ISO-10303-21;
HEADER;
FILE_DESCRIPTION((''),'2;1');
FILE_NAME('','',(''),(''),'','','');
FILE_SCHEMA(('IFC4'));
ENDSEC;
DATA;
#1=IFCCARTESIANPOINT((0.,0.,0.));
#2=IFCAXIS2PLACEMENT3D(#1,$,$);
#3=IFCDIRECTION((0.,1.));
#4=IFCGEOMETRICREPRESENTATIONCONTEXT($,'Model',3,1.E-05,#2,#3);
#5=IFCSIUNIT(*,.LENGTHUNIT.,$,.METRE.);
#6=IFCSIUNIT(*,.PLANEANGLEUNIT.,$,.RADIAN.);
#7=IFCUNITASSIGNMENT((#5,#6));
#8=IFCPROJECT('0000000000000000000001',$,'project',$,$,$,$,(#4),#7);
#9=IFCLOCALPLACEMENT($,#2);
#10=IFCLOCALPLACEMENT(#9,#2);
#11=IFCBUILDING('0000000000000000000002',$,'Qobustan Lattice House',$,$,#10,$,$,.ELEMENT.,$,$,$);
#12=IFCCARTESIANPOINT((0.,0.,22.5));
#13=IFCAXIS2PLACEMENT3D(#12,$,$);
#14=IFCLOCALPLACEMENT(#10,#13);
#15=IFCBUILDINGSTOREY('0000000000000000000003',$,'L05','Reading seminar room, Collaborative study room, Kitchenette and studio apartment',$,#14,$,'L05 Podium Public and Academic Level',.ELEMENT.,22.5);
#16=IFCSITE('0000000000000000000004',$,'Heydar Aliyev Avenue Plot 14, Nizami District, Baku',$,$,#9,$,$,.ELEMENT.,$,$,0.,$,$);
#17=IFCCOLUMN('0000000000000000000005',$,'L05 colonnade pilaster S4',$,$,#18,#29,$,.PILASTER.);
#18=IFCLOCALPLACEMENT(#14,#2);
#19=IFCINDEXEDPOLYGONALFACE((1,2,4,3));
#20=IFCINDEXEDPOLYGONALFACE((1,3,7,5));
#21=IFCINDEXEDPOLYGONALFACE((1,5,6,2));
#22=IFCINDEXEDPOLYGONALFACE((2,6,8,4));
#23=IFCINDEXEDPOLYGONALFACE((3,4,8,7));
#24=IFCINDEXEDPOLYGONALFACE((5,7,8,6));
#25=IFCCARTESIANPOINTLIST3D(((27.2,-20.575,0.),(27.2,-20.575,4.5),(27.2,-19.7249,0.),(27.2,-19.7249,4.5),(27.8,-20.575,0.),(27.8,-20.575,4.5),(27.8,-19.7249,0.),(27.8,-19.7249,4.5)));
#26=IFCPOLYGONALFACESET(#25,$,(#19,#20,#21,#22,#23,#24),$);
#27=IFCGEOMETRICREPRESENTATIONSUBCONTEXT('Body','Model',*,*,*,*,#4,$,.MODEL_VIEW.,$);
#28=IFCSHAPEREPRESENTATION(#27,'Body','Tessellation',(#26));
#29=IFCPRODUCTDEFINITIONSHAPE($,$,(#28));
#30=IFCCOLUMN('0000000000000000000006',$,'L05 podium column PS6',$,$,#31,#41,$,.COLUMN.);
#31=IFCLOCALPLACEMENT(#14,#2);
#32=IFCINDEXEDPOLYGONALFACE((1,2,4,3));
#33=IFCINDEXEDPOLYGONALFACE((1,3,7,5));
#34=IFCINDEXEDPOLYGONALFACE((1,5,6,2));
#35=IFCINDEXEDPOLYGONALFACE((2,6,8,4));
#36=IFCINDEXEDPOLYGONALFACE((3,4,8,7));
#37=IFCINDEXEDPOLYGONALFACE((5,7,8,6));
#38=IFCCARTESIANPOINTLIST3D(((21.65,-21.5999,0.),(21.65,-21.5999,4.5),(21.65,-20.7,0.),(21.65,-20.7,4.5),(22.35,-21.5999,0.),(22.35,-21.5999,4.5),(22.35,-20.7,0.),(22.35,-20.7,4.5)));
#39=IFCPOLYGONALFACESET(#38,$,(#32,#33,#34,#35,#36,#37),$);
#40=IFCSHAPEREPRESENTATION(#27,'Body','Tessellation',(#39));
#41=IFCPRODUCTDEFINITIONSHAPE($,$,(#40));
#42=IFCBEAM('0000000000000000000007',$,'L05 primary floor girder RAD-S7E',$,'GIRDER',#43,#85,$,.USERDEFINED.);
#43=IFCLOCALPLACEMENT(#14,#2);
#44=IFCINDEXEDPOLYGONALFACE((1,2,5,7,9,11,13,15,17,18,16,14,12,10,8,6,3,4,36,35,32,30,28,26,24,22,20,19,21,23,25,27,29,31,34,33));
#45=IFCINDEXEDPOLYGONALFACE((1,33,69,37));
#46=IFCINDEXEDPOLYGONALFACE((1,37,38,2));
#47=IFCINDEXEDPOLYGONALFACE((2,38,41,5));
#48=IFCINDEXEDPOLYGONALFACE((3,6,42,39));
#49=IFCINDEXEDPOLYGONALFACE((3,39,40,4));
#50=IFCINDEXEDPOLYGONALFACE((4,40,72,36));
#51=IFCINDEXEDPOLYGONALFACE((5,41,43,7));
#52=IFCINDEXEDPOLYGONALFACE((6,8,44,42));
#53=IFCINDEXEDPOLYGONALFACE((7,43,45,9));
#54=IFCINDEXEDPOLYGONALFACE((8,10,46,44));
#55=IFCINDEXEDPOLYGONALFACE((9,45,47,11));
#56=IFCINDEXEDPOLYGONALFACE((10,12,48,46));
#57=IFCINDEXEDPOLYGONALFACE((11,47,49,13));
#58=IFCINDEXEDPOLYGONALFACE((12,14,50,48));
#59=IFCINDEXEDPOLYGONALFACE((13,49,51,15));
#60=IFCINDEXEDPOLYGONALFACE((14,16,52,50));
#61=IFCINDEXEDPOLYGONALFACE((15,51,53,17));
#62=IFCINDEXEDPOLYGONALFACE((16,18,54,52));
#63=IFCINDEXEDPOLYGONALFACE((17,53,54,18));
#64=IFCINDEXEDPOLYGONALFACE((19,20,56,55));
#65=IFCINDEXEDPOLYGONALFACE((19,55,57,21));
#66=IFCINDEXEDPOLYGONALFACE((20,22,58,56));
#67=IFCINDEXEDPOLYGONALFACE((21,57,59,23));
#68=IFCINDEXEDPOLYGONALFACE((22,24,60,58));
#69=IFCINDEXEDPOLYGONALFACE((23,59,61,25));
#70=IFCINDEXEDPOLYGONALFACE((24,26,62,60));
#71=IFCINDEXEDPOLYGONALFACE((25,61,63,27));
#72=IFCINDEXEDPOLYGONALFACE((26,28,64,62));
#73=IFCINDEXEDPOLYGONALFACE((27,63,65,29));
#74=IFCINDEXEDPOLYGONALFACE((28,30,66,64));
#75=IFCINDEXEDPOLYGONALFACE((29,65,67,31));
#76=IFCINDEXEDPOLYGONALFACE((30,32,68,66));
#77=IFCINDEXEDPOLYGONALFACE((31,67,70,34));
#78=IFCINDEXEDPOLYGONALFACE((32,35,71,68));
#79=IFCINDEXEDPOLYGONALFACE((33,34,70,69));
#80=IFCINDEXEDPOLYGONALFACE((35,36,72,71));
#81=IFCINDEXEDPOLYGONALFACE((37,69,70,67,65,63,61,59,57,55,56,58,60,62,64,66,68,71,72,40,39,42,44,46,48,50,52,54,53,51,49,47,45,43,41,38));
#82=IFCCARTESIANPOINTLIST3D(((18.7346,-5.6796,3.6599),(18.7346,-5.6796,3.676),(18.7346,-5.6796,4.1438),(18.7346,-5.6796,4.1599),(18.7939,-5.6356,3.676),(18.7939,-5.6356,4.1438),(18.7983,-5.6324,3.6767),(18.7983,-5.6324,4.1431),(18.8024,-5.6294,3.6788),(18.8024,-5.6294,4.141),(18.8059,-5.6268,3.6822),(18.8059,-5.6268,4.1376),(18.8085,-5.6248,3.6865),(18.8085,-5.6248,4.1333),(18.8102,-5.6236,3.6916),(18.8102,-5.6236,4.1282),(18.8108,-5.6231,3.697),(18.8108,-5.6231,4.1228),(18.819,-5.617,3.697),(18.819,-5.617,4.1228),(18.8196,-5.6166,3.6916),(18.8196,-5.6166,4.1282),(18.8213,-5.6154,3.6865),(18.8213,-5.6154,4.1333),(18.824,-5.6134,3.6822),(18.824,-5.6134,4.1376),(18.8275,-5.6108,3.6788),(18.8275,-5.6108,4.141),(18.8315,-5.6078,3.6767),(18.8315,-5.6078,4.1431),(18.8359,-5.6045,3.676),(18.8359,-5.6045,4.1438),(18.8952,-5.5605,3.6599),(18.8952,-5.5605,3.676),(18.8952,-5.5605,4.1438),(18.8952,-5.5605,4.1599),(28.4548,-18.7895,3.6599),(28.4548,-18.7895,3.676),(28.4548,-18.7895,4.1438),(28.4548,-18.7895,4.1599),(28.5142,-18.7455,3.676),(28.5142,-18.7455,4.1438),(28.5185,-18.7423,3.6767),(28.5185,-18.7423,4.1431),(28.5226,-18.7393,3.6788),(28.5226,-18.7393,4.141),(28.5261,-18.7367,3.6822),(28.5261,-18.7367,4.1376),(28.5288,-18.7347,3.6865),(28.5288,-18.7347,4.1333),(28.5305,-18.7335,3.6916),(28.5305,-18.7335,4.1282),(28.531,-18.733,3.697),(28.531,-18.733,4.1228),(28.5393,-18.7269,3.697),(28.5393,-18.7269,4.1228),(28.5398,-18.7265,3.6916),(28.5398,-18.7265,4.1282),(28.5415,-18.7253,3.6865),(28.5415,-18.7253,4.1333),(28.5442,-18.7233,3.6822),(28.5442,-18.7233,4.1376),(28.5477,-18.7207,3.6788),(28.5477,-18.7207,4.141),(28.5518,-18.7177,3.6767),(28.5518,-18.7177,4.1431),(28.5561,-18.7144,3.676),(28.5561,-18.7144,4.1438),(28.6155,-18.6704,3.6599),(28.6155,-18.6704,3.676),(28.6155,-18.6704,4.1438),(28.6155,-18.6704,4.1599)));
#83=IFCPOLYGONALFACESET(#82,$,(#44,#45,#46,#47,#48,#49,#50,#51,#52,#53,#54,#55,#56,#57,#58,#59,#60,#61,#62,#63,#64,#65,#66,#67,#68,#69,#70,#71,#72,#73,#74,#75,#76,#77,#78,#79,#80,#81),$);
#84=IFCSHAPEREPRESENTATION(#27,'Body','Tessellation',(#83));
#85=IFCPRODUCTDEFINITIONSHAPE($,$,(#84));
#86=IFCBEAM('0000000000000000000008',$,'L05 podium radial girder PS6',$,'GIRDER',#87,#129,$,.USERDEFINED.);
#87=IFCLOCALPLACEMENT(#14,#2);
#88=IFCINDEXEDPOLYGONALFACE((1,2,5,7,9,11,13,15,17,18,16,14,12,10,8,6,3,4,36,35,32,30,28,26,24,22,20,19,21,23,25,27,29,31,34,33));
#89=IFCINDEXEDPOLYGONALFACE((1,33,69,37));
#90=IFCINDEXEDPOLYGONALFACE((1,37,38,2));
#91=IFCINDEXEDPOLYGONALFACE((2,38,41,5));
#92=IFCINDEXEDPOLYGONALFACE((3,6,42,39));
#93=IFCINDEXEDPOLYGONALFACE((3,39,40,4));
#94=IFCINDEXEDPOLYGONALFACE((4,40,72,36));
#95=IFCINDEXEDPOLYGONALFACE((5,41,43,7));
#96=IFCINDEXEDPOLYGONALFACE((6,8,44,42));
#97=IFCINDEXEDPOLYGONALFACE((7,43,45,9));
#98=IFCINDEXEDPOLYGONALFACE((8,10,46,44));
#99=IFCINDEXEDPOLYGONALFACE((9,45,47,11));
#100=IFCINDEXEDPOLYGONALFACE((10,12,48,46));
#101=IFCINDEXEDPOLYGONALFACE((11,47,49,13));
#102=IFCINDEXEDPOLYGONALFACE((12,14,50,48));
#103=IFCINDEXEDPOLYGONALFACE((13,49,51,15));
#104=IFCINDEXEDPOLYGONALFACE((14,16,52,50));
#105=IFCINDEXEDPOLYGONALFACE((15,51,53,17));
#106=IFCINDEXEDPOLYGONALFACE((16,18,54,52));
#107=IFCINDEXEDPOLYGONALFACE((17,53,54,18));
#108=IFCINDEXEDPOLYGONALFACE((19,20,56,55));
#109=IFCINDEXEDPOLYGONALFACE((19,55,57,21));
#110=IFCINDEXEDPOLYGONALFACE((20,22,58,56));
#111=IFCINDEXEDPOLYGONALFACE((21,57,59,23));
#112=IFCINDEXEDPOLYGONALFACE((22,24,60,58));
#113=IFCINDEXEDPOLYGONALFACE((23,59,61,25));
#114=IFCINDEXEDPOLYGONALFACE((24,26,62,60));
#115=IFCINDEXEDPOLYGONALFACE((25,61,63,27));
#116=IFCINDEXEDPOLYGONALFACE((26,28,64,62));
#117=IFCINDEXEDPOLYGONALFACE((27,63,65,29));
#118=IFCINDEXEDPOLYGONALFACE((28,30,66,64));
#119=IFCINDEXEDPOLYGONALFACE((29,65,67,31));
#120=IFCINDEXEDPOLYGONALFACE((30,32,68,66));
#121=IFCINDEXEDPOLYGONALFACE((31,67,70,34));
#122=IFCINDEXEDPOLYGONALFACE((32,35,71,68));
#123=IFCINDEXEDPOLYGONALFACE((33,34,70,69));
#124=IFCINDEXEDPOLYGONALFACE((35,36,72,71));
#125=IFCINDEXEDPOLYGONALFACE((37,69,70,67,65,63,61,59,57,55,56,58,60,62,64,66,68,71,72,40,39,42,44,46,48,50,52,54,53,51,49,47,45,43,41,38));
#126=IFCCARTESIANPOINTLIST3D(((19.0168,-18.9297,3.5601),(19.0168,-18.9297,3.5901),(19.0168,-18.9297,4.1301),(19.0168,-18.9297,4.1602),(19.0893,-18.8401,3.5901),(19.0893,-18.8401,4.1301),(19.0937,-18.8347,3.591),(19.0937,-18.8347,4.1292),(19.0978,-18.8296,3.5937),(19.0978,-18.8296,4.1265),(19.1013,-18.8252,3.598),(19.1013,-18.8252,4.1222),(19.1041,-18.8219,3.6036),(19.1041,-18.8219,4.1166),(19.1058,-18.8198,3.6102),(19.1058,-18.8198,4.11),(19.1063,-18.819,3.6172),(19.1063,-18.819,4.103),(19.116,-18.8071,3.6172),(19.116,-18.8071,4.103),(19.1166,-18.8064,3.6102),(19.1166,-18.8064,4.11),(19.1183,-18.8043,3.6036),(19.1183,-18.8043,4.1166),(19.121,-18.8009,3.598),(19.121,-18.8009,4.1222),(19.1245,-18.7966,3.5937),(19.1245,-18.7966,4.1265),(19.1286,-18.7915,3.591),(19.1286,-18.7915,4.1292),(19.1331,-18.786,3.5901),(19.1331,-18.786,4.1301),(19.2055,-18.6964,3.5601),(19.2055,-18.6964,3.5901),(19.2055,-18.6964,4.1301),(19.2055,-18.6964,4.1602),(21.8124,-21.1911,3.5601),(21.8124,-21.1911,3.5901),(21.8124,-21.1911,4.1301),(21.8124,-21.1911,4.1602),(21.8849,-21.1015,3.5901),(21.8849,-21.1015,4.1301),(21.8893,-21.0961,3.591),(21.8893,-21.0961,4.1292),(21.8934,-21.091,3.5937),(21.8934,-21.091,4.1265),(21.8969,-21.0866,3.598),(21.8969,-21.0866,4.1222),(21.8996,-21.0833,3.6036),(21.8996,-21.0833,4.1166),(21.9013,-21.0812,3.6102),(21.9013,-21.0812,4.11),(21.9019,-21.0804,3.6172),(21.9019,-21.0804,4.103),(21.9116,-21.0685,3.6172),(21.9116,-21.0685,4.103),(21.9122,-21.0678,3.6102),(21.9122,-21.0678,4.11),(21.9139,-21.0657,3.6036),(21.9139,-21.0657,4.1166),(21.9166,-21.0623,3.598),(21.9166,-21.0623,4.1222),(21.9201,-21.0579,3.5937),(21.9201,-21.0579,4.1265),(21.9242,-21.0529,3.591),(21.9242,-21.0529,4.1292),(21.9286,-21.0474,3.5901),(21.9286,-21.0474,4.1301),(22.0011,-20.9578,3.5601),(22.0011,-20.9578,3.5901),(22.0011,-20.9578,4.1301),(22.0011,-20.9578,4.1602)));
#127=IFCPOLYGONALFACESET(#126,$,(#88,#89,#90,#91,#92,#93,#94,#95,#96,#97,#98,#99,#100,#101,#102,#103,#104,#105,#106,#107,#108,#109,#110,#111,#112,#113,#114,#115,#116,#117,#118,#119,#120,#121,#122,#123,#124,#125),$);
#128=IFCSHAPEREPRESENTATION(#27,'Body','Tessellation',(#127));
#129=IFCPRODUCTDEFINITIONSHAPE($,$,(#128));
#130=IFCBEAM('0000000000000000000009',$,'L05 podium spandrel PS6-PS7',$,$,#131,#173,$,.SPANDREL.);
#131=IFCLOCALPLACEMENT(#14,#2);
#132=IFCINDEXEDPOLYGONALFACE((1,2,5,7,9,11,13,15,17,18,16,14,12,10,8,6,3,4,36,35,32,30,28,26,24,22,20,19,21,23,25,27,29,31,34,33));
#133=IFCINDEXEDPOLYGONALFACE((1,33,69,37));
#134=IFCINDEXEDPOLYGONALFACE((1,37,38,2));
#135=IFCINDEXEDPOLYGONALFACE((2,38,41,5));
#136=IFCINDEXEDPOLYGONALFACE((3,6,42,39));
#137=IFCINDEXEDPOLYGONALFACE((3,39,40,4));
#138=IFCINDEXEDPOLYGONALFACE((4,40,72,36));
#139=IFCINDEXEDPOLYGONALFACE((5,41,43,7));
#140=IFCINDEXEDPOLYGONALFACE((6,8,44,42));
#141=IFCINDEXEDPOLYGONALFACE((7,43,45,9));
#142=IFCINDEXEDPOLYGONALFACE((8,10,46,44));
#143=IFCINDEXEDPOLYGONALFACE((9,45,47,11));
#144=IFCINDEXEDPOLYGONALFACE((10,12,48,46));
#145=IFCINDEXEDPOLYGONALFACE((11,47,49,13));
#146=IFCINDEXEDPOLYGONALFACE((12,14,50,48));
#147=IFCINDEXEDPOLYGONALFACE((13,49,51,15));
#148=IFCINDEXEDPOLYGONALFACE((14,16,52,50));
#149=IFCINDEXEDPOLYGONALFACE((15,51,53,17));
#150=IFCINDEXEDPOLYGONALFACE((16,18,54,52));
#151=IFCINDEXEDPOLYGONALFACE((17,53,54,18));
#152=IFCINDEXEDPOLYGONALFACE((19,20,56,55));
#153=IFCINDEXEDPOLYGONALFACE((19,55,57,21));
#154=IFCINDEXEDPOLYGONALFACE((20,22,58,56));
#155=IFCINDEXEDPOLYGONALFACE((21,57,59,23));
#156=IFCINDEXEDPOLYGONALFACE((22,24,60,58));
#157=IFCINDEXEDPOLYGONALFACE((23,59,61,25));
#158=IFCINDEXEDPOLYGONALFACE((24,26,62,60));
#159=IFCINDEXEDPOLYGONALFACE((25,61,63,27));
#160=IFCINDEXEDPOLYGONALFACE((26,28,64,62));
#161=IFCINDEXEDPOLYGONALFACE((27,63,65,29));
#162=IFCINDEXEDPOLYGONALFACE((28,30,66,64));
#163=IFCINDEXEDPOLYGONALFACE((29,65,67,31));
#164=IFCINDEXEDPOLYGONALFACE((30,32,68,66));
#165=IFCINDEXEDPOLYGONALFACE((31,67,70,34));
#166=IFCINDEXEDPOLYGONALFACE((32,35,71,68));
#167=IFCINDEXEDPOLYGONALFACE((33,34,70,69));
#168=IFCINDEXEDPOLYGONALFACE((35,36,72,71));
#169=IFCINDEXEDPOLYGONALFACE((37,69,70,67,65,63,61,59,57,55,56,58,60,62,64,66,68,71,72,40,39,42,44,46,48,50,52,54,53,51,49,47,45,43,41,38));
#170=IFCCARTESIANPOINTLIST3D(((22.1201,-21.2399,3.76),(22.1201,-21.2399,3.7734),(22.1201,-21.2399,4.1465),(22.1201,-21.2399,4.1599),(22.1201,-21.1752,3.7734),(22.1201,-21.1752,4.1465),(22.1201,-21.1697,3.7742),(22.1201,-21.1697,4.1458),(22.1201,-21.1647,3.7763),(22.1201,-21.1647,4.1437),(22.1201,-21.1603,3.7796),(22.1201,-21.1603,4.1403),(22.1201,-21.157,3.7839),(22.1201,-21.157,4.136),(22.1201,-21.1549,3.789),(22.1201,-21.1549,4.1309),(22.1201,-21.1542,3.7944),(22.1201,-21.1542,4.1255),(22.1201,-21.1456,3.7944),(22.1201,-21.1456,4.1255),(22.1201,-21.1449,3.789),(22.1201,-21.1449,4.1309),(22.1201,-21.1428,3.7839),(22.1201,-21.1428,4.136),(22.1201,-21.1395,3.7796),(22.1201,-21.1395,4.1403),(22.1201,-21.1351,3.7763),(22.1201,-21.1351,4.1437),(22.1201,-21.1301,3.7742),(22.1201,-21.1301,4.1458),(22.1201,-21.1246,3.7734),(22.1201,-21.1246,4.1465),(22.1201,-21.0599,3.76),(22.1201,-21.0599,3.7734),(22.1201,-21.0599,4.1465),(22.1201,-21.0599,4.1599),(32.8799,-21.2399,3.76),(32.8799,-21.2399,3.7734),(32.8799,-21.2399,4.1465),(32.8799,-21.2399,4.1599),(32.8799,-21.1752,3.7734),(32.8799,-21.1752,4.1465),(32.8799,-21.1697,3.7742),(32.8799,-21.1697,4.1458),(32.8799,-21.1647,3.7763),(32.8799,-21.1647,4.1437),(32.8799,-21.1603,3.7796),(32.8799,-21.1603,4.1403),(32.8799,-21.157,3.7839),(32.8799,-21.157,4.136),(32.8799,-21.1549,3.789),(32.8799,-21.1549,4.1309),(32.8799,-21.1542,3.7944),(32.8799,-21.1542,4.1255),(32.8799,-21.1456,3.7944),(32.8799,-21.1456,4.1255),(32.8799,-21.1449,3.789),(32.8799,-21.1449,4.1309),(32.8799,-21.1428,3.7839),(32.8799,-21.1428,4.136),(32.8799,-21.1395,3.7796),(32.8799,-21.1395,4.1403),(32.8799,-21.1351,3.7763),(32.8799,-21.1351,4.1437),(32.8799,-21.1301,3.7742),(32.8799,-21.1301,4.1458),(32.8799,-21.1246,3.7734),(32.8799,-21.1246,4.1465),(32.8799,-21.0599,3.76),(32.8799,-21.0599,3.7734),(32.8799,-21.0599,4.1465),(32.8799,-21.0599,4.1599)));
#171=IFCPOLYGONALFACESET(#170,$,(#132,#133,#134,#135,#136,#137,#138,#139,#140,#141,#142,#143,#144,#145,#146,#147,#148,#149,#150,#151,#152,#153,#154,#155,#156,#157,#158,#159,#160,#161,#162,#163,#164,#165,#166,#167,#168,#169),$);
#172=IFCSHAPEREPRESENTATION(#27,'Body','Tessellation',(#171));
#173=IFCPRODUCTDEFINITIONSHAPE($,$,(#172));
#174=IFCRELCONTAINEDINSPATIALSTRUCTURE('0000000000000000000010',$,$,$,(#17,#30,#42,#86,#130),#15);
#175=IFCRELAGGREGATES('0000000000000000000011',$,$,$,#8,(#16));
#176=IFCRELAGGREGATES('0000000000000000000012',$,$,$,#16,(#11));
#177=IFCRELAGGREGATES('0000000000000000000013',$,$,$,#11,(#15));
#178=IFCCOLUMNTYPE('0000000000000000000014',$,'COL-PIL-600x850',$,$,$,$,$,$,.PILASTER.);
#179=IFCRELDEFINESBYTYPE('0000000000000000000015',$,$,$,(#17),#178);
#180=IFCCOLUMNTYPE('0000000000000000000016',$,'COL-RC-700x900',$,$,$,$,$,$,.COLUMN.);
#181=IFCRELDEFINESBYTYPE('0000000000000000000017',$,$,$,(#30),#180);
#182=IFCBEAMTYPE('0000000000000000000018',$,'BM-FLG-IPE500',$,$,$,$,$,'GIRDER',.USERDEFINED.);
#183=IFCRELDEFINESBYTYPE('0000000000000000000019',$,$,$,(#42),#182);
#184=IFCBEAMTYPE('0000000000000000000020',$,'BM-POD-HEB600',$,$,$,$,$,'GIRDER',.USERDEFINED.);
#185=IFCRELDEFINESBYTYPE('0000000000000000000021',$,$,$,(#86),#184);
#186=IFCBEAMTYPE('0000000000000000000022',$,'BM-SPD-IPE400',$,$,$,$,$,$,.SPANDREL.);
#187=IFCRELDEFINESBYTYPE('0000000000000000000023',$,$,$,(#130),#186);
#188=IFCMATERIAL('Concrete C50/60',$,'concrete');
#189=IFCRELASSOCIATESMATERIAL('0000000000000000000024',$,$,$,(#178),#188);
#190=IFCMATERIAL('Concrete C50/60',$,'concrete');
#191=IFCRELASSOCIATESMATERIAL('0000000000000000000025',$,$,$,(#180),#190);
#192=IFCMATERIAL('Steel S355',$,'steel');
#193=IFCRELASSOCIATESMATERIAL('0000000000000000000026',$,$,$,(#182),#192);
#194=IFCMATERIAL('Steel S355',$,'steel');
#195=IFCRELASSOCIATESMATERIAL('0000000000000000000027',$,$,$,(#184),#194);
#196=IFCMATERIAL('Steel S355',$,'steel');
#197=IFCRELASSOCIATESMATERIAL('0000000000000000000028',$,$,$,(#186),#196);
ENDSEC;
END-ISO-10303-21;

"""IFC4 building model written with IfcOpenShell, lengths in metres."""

from ifc_helpers import new_model, si_unit, direction, frame, origin, origin_2d, place, context, subcontext, project, spatial, rectangle, i_section, extrude, material, material_profile, profile_set, type_object, element, save


model = new_model("IFC4")

# Units and contexts
model_context = context("Model", 3, precision=1e-05, world=origin(), true_north=direction((0.0, 1.0)))
body_context = subcontext(model_context, "Body", "Model", "MODEL_VIEW")
ifc_project = project(units=[si_unit("LENGTHUNIT", "METRE"), si_unit("PLANEANGLEUNIT", "RADIAN")], contexts=[model_context])

# Site, building, storey
site_placement = place(None, origin())
site = spatial("IfcSite", under=ifc_project, at=site_placement, Name="Heydar Aliyev Avenue Plot 14, Nizami District, Baku", CompositionType="ELEMENT", RefElevation=0.0)
building_placement = place(site_placement, origin())
building = spatial("IfcBuilding", under=site, at=building_placement, Name="Qobustan Lattice House", CompositionType="ELEMENT")
storey_placement = place(building_placement, frame((0.0, 0.0, 22.5)))
storey = spatial("IfcBuildingStorey", under=building, at=storey_placement, Name="L05", Description="Reading seminar room, Collaborative study room, Kitchenette and studio apartment", LongName="L05 Podium Public and Academic Level", CompositionType="ELEMENT", Elevation=22.5)

# Columns
ifc_material_1 = material(Name="Concrete C50/60", Category="concrete")
ifc_material_profile_1 = material_profile(ifc_material_1, rectangle(XDim=0.6001, YDim=0.8501, at=origin_2d()), Name="RC600x850")
ifc_profile_set_1 = profile_set([ifc_material_profile_1], Name="Concrete C50/60")
column_type_1 = type_object("IfcColumnType", Name="COL-PIL-600x850", PredefinedType="PILASTER", material=ifc_profile_set_1)
column_1_placement = place(storey_placement, frame((27.5, -20.1499, 0.0), z_axis=(0.0, 0.0, 1.0), x_axis=(1.0, 0.0, 0.0)))
element("IfcColumn", 1, at=column_1_placement, inside=storey, type_object=column_type_1, Name="L05 colonnade pilaster S4", PredefinedType="PILASTER", context=body_context, shape_type="SweptSolid", body=[
    extrude(rectangle(XDim=0.6001, YDim=0.8501, at=origin_2d()), origin(), (0.0, 0.0, 1.0), 4.5),
])
ifc_material_2 = material(Name="Concrete C50/60", Category="concrete")
ifc_material_profile_2 = material_profile(ifc_material_2, rectangle(XDim=0.7, YDim=0.8999, at=origin_2d()), Name="RC700x900")
ifc_profile_set_2 = profile_set([ifc_material_profile_2], Name="Concrete C50/60")
column_type_2 = type_object("IfcColumnType", Name="COL-RC-700x900", PredefinedType="COLUMN", material=ifc_profile_set_2)
column_2_placement = place(storey_placement, frame((22.0, -21.1499, 0.0), z_axis=(0.0, 0.0, 1.0), x_axis=(1.0, 0.0, 0.0)))
element("IfcColumn", 2, at=column_2_placement, inside=storey, type_object=column_type_2, Name="L05 podium column PS6", PredefinedType="COLUMN", context=body_context, shape_type="SweptSolid", body=[
    extrude(rectangle(XDim=0.7, YDim=0.8999, at=origin_2d()), origin(), (0.0, 0.0, 1.0), 4.5),
])

# Beams
ifc_material_3 = material(Name="Steel S355", Category="steel")
ifc_material_profile_3 = material_profile(ifc_material_3, i_section(OverallWidth=0.2, OverallDepth=0.5, WebThickness=0.0103, FlangeThickness=0.0161, FilletRadius=0.021, at=origin_2d()), Name="IPE500")
ifc_profile_set_3 = profile_set([ifc_material_profile_3], Name="Steel S355")
beam_type_1 = type_object("IfcBeamType", Name="BM-FLG-IPE500", ElementType="GIRDER", PredefinedType="USERDEFINED", material=ifc_profile_set_3)
beam_1_placement = place(storey_placement, frame((28.5352, -18.73, 3.9099), z_axis=(-0.595592, 0.803287, 0.0), x_axis=(-0.803287, -0.595592, 0.0)))
element("IfcBeam", 3, at=beam_1_placement, inside=storey, type_object=beam_type_1, Name="L05 primary floor girder RAD-S7E", ObjectType="GIRDER", PredefinedType="USERDEFINED", context=body_context, shape_type="SweptSolid", body=[
    extrude(i_section(OverallWidth=0.2, OverallDepth=0.5, WebThickness=0.0103, FlangeThickness=0.0161, FilletRadius=0.021, at=origin_2d()), origin(), (0.0, 0.0, 1.0), 16.3203),
])
ifc_material_4 = material(Name="Steel S355", Category="steel")
ifc_material_profile_4 = material_profile(ifc_material_4, i_section(OverallWidth=0.3, OverallDepth=0.6001, WebThickness=0.0154, FlangeThickness=0.03, FilletRadius=0.0271, at=origin_2d()), Name="HEB600")
ifc_profile_set_4 = profile_set([ifc_material_profile_4], Name="Steel S355")
beam_type_2 = type_object("IfcBeamType", Name="BM-POD-HEB600", ElementType="GIRDER", PredefinedType="USERDEFINED", material=ifc_profile_set_4)
beam_2_placement = place(storey_placement, frame((21.9067, -21.0745, 3.8601), z_axis=(-0.777473, 0.628917, 0.0), x_axis=(-0.628917, -0.777473, 0.0)))
element("IfcBeam", 4, at=beam_2_placement, inside=storey, type_object=beam_type_2, Name="L05 podium radial girder PS6", ObjectType="GIRDER", PredefinedType="USERDEFINED", context=body_context, shape_type="SweptSolid", body=[
    extrude(i_section(OverallWidth=0.3, OverallDepth=0.6001, WebThickness=0.0154, FlangeThickness=0.03, FilletRadius=0.0271, at=origin_2d()), origin(), (0.0, 0.0, 1.0), 3.5957),
])
ifc_material_5 = material(Name="Steel S355", Category="steel")
ifc_material_profile_5 = material_profile(ifc_material_5, i_section(OverallWidth=0.1799, OverallDepth=0.3999, WebThickness=0.0085, FlangeThickness=0.0134, FilletRadius=0.021, at=origin_2d()), Name="IPE400")
ifc_profile_set_5 = profile_set([ifc_material_profile_5], Name="Steel S355")
beam_type_3 = type_object("IfcBeamType", Name="BM-SPD-IPE400", PredefinedType="SPANDREL", material=ifc_profile_set_5)
beam_3_placement = place(storey_placement, frame((22.1201, -21.1499, 3.96), z_axis=(1.0, 0.0, 0.0), x_axis=(0.0, 1.0, 0.0)))
element("IfcBeam", 5, at=beam_3_placement, inside=storey, type_object=beam_type_3, Name="L05 podium spandrel PS6-PS7", PredefinedType="SPANDREL", context=body_context, shape_type="SweptSolid", body=[
    extrude(i_section(OverallWidth=0.1799, OverallDepth=0.3999, WebThickness=0.0085, FlangeThickness=0.0134, FilletRadius=0.021, at=origin_2d()), origin(), (0.0, 0.0, 1.0), 10.7598),
])

save(model, "model.ifc")
